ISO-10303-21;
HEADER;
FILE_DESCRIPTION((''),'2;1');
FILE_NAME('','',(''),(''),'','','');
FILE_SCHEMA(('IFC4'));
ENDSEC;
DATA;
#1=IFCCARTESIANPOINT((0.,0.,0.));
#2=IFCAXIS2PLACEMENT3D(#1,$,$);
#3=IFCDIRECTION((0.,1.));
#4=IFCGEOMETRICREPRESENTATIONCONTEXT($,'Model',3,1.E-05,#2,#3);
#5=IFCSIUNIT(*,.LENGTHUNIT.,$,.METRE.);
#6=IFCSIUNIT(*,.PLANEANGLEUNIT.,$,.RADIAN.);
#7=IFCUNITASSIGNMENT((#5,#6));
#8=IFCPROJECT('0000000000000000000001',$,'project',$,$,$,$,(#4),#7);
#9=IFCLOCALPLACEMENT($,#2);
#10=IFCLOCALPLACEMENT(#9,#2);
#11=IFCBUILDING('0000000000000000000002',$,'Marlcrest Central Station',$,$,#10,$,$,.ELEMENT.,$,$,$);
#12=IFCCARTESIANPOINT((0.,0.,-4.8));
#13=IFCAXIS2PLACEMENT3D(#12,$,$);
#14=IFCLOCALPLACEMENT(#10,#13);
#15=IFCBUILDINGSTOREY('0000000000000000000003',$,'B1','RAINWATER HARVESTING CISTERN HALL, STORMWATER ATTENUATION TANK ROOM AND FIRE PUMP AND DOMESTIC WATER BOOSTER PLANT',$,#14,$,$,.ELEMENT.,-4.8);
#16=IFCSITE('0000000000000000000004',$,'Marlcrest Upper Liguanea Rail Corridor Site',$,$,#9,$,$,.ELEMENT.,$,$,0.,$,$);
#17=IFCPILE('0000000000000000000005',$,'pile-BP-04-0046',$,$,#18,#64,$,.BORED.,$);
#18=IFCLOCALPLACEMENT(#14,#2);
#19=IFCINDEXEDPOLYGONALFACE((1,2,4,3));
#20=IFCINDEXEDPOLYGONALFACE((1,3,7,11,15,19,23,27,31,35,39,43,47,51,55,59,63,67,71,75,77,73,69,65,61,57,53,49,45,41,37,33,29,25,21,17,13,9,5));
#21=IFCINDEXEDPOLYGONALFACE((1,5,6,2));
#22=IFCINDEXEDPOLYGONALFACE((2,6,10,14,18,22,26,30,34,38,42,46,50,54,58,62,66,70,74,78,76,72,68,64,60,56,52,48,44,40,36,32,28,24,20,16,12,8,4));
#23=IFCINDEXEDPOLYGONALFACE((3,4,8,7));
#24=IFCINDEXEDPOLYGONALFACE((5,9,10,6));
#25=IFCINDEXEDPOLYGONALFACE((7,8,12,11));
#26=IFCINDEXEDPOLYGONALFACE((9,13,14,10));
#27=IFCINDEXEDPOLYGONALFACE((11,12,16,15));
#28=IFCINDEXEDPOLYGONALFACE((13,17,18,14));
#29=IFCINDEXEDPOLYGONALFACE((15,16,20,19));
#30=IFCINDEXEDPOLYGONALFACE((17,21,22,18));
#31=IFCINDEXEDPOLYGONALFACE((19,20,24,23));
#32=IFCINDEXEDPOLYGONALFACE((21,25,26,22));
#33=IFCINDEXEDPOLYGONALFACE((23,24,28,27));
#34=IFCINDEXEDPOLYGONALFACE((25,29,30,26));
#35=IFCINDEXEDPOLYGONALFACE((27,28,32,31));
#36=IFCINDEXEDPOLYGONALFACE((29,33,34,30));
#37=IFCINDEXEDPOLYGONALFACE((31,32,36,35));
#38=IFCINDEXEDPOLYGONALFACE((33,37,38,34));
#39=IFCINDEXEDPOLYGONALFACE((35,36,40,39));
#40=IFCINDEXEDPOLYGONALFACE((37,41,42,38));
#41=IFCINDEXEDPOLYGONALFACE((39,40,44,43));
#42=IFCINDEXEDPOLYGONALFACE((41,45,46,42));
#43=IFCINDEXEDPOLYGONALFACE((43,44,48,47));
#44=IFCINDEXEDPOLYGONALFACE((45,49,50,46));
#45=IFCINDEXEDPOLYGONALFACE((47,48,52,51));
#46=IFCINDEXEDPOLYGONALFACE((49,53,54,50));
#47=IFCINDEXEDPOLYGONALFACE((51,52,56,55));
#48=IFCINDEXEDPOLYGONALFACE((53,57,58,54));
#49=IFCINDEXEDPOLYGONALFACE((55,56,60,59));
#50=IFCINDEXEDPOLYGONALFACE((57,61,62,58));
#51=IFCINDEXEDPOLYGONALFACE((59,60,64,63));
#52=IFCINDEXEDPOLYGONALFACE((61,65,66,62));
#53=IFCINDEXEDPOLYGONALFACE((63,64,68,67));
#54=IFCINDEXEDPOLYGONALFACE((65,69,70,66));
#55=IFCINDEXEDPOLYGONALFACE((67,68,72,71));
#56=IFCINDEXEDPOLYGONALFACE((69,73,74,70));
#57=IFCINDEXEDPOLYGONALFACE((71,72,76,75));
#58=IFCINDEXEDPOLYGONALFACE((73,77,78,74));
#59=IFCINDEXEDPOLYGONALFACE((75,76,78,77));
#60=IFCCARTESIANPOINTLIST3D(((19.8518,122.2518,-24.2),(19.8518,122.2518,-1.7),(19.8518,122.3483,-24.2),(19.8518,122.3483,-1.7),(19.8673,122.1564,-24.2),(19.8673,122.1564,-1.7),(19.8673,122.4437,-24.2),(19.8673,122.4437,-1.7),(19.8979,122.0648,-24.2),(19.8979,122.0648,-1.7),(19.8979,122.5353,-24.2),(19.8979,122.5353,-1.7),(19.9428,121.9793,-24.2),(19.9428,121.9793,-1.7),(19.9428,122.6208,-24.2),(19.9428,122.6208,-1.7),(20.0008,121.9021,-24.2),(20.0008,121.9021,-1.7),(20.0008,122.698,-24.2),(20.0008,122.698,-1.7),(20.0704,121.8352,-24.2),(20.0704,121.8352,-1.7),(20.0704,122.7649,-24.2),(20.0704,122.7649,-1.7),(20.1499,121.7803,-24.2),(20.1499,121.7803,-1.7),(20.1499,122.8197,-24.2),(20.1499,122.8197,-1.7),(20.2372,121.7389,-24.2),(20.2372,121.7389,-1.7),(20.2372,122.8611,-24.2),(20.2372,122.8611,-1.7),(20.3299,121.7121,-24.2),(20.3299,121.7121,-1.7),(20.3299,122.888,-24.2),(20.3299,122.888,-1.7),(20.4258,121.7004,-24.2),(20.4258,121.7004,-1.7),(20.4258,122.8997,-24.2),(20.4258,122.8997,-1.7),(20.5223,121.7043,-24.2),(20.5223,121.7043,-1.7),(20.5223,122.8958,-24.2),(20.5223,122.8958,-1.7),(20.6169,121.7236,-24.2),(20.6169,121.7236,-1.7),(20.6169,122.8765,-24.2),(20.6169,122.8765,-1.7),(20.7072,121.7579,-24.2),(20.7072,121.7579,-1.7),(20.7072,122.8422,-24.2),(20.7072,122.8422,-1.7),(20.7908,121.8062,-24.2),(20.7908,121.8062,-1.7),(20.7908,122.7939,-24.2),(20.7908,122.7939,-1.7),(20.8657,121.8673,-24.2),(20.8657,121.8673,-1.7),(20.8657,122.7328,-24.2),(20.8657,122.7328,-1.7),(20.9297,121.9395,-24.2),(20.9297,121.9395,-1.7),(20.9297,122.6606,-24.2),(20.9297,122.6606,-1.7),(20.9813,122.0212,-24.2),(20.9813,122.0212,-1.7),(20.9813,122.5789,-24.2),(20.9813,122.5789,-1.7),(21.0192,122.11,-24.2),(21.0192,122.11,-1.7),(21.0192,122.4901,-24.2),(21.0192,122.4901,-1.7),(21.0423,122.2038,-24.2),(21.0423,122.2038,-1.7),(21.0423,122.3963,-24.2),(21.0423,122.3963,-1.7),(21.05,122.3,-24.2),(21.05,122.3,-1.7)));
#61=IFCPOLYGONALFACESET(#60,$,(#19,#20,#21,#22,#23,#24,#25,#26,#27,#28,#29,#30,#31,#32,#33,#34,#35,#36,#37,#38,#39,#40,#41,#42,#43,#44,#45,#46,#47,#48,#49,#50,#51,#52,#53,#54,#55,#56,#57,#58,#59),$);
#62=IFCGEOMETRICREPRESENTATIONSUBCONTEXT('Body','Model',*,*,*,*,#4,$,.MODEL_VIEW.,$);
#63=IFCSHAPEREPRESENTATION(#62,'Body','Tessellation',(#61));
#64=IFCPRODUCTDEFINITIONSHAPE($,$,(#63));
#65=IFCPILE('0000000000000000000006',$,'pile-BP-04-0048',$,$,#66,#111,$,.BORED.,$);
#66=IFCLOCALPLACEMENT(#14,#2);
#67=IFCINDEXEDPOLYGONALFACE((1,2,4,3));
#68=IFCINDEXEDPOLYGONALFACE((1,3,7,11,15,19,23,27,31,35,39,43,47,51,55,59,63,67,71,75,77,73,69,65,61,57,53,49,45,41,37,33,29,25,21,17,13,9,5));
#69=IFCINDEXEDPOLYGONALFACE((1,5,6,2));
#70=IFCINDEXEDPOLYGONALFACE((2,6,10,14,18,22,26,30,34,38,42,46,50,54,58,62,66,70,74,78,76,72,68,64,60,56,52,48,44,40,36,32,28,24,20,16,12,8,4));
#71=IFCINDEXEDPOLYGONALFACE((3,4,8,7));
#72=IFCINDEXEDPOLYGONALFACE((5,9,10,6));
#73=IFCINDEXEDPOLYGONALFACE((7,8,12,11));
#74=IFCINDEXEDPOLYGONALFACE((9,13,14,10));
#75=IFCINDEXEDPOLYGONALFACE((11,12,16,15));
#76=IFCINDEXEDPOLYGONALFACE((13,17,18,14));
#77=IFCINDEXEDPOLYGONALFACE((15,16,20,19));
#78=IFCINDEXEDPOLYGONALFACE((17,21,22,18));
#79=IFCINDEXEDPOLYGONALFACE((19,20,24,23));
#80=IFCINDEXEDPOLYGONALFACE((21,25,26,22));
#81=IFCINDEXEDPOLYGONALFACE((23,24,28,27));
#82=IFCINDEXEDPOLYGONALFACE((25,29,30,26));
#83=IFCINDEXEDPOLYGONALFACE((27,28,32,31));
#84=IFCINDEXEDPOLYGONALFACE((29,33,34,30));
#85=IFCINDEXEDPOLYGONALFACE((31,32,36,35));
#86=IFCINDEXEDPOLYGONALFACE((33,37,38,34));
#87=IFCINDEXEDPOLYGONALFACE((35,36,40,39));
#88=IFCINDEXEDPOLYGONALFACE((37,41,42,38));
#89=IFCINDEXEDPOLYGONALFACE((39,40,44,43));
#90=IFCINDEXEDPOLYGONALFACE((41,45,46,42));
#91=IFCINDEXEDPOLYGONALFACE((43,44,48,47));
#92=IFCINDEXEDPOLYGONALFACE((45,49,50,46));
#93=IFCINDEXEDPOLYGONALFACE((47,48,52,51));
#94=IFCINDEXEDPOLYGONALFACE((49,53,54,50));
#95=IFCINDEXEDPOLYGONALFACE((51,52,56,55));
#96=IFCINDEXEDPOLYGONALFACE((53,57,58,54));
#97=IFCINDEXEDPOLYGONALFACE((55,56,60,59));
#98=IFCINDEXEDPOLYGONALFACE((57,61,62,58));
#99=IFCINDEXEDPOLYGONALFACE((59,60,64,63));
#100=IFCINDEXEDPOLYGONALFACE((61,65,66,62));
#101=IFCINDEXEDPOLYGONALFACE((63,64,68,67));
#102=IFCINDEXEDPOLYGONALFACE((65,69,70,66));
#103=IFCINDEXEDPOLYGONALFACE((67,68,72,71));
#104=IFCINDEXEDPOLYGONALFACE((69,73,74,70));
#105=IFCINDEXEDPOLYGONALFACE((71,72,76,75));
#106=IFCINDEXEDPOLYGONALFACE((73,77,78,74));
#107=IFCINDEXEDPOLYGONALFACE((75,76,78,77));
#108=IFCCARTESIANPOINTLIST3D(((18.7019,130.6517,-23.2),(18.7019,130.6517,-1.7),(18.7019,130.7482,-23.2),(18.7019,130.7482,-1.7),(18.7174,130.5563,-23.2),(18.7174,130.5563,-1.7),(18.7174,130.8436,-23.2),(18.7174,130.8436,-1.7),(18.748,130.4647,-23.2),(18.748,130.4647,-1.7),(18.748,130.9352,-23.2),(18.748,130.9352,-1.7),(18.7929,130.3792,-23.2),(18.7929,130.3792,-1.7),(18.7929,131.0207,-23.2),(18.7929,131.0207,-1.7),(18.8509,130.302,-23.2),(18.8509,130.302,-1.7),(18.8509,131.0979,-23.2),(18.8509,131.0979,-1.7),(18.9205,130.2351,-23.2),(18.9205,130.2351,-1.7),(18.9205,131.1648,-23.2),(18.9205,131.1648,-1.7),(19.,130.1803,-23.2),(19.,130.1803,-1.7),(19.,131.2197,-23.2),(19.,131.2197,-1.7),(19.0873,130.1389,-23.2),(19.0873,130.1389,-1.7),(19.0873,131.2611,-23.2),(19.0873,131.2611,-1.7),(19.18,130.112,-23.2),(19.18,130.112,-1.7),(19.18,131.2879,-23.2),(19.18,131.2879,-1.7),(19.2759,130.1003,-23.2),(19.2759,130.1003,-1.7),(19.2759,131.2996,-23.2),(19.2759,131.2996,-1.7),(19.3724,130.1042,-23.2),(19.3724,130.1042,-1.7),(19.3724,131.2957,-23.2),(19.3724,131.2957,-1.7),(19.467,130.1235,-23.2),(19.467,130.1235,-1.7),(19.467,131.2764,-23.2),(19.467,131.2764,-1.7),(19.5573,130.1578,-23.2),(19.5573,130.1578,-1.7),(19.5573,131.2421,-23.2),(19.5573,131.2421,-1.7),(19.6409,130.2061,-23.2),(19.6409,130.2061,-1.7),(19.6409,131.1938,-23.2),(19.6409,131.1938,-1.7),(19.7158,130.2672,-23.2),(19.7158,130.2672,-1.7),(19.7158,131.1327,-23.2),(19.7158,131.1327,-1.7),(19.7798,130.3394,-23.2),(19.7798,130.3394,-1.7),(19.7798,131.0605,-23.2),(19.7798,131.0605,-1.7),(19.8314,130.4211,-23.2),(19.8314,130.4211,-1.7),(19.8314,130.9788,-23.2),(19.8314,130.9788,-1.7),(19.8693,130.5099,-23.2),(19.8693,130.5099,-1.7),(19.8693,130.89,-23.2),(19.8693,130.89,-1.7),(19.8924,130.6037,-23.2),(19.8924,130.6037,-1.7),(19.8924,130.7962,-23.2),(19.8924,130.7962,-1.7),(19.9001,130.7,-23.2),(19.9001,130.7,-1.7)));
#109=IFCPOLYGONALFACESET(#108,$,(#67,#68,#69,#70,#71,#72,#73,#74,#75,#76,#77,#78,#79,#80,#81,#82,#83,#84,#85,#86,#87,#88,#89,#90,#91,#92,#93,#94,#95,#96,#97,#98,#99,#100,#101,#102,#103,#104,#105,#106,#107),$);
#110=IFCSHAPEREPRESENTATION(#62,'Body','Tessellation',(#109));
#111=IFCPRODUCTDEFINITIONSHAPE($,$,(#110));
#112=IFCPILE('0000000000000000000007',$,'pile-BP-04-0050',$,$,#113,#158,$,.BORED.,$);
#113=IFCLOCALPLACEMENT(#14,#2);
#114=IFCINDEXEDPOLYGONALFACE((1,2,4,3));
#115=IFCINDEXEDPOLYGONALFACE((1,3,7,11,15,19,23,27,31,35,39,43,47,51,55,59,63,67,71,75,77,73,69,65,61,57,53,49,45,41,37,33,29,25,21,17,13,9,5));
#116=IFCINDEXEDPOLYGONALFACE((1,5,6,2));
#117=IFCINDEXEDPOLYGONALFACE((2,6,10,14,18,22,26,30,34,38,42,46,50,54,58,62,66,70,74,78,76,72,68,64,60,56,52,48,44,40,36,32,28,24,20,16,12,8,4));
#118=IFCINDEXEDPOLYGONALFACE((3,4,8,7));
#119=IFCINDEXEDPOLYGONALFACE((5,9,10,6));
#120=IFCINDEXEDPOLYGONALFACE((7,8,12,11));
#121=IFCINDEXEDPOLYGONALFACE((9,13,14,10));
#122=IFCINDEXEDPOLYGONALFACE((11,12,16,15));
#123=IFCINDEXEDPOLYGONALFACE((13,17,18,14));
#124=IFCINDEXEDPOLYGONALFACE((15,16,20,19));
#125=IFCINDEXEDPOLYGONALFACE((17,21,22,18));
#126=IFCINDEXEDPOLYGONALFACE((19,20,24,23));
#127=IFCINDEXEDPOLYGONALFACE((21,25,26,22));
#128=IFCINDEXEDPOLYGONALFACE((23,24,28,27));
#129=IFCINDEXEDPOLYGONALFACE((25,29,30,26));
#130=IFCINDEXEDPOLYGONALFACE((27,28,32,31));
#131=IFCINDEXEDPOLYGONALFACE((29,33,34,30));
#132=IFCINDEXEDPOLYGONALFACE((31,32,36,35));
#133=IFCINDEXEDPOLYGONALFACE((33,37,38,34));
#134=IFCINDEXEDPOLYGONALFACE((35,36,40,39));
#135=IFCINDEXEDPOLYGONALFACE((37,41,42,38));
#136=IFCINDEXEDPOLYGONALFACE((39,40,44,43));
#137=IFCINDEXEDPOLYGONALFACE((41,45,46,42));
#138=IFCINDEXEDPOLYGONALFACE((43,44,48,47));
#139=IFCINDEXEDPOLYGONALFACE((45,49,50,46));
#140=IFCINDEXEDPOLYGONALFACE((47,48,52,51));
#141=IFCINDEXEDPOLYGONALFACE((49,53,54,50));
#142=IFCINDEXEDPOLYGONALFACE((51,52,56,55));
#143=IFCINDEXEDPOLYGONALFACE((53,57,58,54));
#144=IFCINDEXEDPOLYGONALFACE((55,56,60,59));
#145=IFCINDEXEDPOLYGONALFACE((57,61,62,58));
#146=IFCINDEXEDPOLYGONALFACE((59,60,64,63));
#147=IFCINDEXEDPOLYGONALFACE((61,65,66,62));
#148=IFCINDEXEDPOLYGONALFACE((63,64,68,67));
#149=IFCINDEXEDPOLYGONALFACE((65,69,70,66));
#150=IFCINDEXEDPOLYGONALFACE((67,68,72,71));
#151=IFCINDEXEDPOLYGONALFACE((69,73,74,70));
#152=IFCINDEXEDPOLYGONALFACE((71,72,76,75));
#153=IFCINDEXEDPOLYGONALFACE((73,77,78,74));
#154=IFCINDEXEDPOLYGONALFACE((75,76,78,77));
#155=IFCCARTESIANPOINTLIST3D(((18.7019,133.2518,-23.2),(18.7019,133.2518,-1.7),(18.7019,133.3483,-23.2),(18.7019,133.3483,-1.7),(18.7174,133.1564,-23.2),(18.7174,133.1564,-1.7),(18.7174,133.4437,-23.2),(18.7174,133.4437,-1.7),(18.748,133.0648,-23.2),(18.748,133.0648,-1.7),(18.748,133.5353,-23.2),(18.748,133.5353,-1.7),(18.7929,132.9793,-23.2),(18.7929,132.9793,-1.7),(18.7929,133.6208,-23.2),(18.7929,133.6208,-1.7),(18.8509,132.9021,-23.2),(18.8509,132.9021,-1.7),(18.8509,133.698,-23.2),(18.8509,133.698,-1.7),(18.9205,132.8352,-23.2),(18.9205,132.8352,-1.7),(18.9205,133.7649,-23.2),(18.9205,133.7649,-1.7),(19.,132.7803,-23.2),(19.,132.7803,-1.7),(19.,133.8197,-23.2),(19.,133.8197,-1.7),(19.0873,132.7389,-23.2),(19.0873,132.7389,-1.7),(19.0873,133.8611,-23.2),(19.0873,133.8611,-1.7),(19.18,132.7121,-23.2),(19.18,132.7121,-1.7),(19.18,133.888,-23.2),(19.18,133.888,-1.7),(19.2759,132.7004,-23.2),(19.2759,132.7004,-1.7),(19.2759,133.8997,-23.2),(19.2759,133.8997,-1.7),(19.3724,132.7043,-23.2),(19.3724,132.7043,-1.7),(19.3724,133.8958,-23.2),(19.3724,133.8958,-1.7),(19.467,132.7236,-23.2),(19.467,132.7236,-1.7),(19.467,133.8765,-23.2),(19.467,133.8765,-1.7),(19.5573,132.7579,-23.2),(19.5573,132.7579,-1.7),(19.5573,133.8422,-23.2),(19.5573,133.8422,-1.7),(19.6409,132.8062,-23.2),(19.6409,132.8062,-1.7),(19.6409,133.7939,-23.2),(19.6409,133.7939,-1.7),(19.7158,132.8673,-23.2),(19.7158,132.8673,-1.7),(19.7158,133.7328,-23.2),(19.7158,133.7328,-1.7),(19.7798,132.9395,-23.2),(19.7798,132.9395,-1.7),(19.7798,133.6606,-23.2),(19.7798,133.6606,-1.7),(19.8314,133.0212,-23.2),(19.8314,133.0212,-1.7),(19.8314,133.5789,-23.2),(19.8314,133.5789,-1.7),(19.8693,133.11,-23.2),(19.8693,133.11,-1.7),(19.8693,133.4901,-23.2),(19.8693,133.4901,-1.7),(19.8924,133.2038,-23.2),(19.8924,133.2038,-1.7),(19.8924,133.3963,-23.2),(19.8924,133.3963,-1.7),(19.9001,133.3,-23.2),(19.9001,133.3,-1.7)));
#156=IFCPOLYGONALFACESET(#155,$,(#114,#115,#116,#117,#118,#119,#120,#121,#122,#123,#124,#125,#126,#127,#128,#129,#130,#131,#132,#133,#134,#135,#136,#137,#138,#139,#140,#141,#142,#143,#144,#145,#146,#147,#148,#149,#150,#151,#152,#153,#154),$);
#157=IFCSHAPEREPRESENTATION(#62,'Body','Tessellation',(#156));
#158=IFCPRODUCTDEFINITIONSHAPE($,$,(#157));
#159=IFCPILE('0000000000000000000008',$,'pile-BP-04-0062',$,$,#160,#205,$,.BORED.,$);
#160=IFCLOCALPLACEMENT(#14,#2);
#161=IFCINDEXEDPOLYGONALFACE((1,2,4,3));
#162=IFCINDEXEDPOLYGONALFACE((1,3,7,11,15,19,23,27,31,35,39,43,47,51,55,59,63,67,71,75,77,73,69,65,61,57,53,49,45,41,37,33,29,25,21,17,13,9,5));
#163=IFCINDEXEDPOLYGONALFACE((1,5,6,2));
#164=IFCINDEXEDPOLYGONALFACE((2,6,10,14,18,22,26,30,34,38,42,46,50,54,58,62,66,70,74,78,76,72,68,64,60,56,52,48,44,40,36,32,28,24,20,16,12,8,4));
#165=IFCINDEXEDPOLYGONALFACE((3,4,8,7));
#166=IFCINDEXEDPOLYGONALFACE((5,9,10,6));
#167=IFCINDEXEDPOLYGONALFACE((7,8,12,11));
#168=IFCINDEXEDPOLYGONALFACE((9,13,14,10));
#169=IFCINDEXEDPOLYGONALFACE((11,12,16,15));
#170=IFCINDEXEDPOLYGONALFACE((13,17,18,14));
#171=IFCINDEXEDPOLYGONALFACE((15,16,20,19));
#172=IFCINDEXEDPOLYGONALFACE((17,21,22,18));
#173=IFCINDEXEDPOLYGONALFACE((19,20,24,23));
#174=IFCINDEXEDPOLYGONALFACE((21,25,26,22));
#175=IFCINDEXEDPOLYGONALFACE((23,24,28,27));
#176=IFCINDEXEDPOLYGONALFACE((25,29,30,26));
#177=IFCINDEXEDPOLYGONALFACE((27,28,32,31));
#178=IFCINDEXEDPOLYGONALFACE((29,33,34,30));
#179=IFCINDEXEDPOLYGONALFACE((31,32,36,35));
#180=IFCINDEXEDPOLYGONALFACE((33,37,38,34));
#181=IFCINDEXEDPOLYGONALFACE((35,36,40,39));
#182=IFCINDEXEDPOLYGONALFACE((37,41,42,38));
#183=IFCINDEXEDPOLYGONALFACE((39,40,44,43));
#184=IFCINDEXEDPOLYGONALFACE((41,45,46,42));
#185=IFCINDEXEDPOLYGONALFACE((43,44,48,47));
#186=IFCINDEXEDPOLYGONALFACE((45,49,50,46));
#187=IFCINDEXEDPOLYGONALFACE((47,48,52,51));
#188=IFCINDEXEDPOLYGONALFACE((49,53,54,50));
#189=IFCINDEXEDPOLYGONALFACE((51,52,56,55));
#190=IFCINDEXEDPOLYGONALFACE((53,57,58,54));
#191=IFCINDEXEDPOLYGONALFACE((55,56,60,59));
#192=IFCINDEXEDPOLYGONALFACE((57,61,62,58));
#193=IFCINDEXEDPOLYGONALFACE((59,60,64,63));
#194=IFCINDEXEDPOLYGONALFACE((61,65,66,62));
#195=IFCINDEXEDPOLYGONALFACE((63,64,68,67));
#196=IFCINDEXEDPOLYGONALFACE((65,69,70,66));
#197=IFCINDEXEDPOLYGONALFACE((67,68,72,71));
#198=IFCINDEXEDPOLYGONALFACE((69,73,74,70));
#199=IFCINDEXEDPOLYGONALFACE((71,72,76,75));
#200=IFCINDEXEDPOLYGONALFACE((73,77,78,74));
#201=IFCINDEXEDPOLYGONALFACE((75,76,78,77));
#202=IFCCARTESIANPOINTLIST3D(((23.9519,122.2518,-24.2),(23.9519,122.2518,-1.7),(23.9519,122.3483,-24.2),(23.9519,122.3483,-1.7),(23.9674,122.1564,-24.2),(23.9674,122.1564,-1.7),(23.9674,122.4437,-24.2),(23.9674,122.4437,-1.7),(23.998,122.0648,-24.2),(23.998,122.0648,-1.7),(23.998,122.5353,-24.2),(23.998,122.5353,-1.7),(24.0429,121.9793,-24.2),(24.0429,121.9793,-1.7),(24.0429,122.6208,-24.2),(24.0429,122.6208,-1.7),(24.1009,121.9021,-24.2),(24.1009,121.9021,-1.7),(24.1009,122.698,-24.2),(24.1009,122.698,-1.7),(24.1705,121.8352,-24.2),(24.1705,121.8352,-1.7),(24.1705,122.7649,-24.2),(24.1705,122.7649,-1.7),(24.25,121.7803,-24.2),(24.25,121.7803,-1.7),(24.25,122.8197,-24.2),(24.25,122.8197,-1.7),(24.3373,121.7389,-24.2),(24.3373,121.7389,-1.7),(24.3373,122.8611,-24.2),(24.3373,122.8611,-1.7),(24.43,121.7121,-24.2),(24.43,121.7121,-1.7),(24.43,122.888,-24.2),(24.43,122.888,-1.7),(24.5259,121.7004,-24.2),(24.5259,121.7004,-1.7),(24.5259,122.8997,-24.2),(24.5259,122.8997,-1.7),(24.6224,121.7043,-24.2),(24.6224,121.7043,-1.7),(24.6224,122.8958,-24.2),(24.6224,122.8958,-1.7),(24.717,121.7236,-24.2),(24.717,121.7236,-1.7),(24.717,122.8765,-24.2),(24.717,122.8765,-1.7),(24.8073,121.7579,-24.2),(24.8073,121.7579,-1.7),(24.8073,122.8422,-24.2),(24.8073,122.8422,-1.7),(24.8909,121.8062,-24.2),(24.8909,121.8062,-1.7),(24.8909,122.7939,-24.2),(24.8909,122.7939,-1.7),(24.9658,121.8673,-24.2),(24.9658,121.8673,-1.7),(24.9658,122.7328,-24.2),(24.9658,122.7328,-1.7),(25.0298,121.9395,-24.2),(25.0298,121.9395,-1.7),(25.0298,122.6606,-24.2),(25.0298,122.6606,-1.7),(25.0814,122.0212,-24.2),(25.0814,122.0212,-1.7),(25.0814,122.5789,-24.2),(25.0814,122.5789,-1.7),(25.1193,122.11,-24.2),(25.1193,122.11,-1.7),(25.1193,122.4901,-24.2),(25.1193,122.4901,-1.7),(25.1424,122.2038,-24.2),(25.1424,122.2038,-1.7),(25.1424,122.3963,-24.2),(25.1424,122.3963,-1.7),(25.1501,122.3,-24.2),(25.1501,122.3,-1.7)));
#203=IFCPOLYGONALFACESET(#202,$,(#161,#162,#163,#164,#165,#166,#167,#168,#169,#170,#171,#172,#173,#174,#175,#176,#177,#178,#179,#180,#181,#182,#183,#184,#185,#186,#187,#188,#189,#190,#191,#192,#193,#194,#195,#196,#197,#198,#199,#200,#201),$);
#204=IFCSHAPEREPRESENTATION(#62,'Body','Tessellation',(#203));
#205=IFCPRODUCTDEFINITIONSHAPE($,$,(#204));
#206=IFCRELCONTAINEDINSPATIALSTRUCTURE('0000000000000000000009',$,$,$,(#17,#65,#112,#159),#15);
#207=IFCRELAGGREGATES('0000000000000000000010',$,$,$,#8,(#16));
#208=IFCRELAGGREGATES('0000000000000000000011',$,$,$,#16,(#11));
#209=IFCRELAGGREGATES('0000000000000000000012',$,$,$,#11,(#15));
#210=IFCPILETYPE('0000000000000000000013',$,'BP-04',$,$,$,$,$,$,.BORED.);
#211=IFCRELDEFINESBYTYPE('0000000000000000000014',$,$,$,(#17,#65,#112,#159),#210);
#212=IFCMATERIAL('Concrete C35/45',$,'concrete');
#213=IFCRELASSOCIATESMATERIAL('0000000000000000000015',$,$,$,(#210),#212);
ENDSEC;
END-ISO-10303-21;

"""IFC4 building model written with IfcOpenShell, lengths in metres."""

from ifc_helpers import new_model, si_unit, direction, frame, origin, origin_2d, place, context, subcontext, project, spatial, circle, extrude, material, material_profile, profile_set, type_object, element, save


model = new_model("IFC4")

# Units and contexts
model_context = context("Model", 3, precision=1e-05, world=origin(), true_north=direction((0.0, 1.0)))
body_context = subcontext(model_context, "Body", "Model", "MODEL_VIEW")
ifc_project = project(units=[si_unit("LENGTHUNIT", "METRE"), si_unit("PLANEANGLEUNIT", "RADIAN")], contexts=[model_context])

# Site, building, storey
site_placement = place(None, origin())
site = spatial("IfcSite", under=ifc_project, at=site_placement, Name="Marlcrest Upper Liguanea Rail Corridor Site", CompositionType="ELEMENT", RefElevation=0.0)
building_placement = place(site_placement, origin())
building = spatial("IfcBuilding", under=site, at=building_placement, Name="Marlcrest Central Station", CompositionType="ELEMENT")
storey_placement = place(building_placement, frame((0.0, 0.0, -4.8)))
storey = spatial("IfcBuildingStorey", under=building, at=storey_placement, Name="B1", Description="RAINWATER HARVESTING CISTERN HALL, STORMWATER ATTENUATION TANK ROOM AND FIRE PUMP AND DOMESTIC WATER BOOSTER PLANT", CompositionType="ELEMENT", Elevation=-4.8)

# Piles
ifc_material_1 = material(Name="Concrete C35/45", Category="concrete")
ifc_material_profile_1 = material_profile(ifc_material_1, circle(Radius=0.6001, at=origin_2d()), Name="PILE D1200")
ifc_profile_set_1 = profile_set([ifc_material_profile_1], Name="Concrete C35/45")
pile_type = type_object("IfcPileType", Name="BP-04", PredefinedType="BORED", material=ifc_profile_set_1)
pile_placement = place(storey_placement, frame((20.45, 122.3, -1.7), z_axis=(0.0, 0.0, -1.0), x_axis=(1.0, 0.0, 0.0)))
element("IfcPile", 1, at=pile_placement, inside=storey, type_object=pile_type, Name="pile-BP-04-0046", PredefinedType="BORED", context=body_context, shape_type="SweptSolid", body=[
    extrude(circle(Radius=0.6001, at=origin_2d()), origin(), (0.0, 0.0, 1.0), 22.5),
])
for number, where, z_axis, x_axis, name in (
    (2, (19.3, 130.7, -1.7), (0.0, 0.0, -1.0), (1.0, 0.0, 0.0), "pile-BP-04-0048"),
    (3, (19.3, 133.3, -1.7), (0.0, 0.0, -1.0), (1.0, 0.0, 0.0), "pile-BP-04-0050"),
):
    element("IfcPile", number, at=place(storey_placement, frame(where, z_axis=z_axis, x_axis=x_axis)), inside=storey, type_object=pile_type, Name=name, PredefinedType="BORED", context=body_context, shape_type="SweptSolid", body=[
        extrude(circle(Radius=0.6001, at=origin_2d()), origin(), (0.0, 0.0, 1.0), 21.5),
    ])
for number, where, z_axis, x_axis, name in (
    (4, (24.55, 122.3, -1.7), (0.0, 0.0, -1.0), (1.0, 0.0, 0.0), "pile-BP-04-0062"),
):
    element("IfcPile", number, at=place(storey_placement, frame(where, z_axis=z_axis, x_axis=x_axis)), inside=storey, type_object=pile_type, Name=name, PredefinedType="BORED", context=body_context, shape_type="SweptSolid", body=[
        extrude(circle(Radius=0.6001, at=origin_2d()), origin(), (0.0, 0.0, 1.0), 22.5),
    ])

save(model, "model.ifc")
